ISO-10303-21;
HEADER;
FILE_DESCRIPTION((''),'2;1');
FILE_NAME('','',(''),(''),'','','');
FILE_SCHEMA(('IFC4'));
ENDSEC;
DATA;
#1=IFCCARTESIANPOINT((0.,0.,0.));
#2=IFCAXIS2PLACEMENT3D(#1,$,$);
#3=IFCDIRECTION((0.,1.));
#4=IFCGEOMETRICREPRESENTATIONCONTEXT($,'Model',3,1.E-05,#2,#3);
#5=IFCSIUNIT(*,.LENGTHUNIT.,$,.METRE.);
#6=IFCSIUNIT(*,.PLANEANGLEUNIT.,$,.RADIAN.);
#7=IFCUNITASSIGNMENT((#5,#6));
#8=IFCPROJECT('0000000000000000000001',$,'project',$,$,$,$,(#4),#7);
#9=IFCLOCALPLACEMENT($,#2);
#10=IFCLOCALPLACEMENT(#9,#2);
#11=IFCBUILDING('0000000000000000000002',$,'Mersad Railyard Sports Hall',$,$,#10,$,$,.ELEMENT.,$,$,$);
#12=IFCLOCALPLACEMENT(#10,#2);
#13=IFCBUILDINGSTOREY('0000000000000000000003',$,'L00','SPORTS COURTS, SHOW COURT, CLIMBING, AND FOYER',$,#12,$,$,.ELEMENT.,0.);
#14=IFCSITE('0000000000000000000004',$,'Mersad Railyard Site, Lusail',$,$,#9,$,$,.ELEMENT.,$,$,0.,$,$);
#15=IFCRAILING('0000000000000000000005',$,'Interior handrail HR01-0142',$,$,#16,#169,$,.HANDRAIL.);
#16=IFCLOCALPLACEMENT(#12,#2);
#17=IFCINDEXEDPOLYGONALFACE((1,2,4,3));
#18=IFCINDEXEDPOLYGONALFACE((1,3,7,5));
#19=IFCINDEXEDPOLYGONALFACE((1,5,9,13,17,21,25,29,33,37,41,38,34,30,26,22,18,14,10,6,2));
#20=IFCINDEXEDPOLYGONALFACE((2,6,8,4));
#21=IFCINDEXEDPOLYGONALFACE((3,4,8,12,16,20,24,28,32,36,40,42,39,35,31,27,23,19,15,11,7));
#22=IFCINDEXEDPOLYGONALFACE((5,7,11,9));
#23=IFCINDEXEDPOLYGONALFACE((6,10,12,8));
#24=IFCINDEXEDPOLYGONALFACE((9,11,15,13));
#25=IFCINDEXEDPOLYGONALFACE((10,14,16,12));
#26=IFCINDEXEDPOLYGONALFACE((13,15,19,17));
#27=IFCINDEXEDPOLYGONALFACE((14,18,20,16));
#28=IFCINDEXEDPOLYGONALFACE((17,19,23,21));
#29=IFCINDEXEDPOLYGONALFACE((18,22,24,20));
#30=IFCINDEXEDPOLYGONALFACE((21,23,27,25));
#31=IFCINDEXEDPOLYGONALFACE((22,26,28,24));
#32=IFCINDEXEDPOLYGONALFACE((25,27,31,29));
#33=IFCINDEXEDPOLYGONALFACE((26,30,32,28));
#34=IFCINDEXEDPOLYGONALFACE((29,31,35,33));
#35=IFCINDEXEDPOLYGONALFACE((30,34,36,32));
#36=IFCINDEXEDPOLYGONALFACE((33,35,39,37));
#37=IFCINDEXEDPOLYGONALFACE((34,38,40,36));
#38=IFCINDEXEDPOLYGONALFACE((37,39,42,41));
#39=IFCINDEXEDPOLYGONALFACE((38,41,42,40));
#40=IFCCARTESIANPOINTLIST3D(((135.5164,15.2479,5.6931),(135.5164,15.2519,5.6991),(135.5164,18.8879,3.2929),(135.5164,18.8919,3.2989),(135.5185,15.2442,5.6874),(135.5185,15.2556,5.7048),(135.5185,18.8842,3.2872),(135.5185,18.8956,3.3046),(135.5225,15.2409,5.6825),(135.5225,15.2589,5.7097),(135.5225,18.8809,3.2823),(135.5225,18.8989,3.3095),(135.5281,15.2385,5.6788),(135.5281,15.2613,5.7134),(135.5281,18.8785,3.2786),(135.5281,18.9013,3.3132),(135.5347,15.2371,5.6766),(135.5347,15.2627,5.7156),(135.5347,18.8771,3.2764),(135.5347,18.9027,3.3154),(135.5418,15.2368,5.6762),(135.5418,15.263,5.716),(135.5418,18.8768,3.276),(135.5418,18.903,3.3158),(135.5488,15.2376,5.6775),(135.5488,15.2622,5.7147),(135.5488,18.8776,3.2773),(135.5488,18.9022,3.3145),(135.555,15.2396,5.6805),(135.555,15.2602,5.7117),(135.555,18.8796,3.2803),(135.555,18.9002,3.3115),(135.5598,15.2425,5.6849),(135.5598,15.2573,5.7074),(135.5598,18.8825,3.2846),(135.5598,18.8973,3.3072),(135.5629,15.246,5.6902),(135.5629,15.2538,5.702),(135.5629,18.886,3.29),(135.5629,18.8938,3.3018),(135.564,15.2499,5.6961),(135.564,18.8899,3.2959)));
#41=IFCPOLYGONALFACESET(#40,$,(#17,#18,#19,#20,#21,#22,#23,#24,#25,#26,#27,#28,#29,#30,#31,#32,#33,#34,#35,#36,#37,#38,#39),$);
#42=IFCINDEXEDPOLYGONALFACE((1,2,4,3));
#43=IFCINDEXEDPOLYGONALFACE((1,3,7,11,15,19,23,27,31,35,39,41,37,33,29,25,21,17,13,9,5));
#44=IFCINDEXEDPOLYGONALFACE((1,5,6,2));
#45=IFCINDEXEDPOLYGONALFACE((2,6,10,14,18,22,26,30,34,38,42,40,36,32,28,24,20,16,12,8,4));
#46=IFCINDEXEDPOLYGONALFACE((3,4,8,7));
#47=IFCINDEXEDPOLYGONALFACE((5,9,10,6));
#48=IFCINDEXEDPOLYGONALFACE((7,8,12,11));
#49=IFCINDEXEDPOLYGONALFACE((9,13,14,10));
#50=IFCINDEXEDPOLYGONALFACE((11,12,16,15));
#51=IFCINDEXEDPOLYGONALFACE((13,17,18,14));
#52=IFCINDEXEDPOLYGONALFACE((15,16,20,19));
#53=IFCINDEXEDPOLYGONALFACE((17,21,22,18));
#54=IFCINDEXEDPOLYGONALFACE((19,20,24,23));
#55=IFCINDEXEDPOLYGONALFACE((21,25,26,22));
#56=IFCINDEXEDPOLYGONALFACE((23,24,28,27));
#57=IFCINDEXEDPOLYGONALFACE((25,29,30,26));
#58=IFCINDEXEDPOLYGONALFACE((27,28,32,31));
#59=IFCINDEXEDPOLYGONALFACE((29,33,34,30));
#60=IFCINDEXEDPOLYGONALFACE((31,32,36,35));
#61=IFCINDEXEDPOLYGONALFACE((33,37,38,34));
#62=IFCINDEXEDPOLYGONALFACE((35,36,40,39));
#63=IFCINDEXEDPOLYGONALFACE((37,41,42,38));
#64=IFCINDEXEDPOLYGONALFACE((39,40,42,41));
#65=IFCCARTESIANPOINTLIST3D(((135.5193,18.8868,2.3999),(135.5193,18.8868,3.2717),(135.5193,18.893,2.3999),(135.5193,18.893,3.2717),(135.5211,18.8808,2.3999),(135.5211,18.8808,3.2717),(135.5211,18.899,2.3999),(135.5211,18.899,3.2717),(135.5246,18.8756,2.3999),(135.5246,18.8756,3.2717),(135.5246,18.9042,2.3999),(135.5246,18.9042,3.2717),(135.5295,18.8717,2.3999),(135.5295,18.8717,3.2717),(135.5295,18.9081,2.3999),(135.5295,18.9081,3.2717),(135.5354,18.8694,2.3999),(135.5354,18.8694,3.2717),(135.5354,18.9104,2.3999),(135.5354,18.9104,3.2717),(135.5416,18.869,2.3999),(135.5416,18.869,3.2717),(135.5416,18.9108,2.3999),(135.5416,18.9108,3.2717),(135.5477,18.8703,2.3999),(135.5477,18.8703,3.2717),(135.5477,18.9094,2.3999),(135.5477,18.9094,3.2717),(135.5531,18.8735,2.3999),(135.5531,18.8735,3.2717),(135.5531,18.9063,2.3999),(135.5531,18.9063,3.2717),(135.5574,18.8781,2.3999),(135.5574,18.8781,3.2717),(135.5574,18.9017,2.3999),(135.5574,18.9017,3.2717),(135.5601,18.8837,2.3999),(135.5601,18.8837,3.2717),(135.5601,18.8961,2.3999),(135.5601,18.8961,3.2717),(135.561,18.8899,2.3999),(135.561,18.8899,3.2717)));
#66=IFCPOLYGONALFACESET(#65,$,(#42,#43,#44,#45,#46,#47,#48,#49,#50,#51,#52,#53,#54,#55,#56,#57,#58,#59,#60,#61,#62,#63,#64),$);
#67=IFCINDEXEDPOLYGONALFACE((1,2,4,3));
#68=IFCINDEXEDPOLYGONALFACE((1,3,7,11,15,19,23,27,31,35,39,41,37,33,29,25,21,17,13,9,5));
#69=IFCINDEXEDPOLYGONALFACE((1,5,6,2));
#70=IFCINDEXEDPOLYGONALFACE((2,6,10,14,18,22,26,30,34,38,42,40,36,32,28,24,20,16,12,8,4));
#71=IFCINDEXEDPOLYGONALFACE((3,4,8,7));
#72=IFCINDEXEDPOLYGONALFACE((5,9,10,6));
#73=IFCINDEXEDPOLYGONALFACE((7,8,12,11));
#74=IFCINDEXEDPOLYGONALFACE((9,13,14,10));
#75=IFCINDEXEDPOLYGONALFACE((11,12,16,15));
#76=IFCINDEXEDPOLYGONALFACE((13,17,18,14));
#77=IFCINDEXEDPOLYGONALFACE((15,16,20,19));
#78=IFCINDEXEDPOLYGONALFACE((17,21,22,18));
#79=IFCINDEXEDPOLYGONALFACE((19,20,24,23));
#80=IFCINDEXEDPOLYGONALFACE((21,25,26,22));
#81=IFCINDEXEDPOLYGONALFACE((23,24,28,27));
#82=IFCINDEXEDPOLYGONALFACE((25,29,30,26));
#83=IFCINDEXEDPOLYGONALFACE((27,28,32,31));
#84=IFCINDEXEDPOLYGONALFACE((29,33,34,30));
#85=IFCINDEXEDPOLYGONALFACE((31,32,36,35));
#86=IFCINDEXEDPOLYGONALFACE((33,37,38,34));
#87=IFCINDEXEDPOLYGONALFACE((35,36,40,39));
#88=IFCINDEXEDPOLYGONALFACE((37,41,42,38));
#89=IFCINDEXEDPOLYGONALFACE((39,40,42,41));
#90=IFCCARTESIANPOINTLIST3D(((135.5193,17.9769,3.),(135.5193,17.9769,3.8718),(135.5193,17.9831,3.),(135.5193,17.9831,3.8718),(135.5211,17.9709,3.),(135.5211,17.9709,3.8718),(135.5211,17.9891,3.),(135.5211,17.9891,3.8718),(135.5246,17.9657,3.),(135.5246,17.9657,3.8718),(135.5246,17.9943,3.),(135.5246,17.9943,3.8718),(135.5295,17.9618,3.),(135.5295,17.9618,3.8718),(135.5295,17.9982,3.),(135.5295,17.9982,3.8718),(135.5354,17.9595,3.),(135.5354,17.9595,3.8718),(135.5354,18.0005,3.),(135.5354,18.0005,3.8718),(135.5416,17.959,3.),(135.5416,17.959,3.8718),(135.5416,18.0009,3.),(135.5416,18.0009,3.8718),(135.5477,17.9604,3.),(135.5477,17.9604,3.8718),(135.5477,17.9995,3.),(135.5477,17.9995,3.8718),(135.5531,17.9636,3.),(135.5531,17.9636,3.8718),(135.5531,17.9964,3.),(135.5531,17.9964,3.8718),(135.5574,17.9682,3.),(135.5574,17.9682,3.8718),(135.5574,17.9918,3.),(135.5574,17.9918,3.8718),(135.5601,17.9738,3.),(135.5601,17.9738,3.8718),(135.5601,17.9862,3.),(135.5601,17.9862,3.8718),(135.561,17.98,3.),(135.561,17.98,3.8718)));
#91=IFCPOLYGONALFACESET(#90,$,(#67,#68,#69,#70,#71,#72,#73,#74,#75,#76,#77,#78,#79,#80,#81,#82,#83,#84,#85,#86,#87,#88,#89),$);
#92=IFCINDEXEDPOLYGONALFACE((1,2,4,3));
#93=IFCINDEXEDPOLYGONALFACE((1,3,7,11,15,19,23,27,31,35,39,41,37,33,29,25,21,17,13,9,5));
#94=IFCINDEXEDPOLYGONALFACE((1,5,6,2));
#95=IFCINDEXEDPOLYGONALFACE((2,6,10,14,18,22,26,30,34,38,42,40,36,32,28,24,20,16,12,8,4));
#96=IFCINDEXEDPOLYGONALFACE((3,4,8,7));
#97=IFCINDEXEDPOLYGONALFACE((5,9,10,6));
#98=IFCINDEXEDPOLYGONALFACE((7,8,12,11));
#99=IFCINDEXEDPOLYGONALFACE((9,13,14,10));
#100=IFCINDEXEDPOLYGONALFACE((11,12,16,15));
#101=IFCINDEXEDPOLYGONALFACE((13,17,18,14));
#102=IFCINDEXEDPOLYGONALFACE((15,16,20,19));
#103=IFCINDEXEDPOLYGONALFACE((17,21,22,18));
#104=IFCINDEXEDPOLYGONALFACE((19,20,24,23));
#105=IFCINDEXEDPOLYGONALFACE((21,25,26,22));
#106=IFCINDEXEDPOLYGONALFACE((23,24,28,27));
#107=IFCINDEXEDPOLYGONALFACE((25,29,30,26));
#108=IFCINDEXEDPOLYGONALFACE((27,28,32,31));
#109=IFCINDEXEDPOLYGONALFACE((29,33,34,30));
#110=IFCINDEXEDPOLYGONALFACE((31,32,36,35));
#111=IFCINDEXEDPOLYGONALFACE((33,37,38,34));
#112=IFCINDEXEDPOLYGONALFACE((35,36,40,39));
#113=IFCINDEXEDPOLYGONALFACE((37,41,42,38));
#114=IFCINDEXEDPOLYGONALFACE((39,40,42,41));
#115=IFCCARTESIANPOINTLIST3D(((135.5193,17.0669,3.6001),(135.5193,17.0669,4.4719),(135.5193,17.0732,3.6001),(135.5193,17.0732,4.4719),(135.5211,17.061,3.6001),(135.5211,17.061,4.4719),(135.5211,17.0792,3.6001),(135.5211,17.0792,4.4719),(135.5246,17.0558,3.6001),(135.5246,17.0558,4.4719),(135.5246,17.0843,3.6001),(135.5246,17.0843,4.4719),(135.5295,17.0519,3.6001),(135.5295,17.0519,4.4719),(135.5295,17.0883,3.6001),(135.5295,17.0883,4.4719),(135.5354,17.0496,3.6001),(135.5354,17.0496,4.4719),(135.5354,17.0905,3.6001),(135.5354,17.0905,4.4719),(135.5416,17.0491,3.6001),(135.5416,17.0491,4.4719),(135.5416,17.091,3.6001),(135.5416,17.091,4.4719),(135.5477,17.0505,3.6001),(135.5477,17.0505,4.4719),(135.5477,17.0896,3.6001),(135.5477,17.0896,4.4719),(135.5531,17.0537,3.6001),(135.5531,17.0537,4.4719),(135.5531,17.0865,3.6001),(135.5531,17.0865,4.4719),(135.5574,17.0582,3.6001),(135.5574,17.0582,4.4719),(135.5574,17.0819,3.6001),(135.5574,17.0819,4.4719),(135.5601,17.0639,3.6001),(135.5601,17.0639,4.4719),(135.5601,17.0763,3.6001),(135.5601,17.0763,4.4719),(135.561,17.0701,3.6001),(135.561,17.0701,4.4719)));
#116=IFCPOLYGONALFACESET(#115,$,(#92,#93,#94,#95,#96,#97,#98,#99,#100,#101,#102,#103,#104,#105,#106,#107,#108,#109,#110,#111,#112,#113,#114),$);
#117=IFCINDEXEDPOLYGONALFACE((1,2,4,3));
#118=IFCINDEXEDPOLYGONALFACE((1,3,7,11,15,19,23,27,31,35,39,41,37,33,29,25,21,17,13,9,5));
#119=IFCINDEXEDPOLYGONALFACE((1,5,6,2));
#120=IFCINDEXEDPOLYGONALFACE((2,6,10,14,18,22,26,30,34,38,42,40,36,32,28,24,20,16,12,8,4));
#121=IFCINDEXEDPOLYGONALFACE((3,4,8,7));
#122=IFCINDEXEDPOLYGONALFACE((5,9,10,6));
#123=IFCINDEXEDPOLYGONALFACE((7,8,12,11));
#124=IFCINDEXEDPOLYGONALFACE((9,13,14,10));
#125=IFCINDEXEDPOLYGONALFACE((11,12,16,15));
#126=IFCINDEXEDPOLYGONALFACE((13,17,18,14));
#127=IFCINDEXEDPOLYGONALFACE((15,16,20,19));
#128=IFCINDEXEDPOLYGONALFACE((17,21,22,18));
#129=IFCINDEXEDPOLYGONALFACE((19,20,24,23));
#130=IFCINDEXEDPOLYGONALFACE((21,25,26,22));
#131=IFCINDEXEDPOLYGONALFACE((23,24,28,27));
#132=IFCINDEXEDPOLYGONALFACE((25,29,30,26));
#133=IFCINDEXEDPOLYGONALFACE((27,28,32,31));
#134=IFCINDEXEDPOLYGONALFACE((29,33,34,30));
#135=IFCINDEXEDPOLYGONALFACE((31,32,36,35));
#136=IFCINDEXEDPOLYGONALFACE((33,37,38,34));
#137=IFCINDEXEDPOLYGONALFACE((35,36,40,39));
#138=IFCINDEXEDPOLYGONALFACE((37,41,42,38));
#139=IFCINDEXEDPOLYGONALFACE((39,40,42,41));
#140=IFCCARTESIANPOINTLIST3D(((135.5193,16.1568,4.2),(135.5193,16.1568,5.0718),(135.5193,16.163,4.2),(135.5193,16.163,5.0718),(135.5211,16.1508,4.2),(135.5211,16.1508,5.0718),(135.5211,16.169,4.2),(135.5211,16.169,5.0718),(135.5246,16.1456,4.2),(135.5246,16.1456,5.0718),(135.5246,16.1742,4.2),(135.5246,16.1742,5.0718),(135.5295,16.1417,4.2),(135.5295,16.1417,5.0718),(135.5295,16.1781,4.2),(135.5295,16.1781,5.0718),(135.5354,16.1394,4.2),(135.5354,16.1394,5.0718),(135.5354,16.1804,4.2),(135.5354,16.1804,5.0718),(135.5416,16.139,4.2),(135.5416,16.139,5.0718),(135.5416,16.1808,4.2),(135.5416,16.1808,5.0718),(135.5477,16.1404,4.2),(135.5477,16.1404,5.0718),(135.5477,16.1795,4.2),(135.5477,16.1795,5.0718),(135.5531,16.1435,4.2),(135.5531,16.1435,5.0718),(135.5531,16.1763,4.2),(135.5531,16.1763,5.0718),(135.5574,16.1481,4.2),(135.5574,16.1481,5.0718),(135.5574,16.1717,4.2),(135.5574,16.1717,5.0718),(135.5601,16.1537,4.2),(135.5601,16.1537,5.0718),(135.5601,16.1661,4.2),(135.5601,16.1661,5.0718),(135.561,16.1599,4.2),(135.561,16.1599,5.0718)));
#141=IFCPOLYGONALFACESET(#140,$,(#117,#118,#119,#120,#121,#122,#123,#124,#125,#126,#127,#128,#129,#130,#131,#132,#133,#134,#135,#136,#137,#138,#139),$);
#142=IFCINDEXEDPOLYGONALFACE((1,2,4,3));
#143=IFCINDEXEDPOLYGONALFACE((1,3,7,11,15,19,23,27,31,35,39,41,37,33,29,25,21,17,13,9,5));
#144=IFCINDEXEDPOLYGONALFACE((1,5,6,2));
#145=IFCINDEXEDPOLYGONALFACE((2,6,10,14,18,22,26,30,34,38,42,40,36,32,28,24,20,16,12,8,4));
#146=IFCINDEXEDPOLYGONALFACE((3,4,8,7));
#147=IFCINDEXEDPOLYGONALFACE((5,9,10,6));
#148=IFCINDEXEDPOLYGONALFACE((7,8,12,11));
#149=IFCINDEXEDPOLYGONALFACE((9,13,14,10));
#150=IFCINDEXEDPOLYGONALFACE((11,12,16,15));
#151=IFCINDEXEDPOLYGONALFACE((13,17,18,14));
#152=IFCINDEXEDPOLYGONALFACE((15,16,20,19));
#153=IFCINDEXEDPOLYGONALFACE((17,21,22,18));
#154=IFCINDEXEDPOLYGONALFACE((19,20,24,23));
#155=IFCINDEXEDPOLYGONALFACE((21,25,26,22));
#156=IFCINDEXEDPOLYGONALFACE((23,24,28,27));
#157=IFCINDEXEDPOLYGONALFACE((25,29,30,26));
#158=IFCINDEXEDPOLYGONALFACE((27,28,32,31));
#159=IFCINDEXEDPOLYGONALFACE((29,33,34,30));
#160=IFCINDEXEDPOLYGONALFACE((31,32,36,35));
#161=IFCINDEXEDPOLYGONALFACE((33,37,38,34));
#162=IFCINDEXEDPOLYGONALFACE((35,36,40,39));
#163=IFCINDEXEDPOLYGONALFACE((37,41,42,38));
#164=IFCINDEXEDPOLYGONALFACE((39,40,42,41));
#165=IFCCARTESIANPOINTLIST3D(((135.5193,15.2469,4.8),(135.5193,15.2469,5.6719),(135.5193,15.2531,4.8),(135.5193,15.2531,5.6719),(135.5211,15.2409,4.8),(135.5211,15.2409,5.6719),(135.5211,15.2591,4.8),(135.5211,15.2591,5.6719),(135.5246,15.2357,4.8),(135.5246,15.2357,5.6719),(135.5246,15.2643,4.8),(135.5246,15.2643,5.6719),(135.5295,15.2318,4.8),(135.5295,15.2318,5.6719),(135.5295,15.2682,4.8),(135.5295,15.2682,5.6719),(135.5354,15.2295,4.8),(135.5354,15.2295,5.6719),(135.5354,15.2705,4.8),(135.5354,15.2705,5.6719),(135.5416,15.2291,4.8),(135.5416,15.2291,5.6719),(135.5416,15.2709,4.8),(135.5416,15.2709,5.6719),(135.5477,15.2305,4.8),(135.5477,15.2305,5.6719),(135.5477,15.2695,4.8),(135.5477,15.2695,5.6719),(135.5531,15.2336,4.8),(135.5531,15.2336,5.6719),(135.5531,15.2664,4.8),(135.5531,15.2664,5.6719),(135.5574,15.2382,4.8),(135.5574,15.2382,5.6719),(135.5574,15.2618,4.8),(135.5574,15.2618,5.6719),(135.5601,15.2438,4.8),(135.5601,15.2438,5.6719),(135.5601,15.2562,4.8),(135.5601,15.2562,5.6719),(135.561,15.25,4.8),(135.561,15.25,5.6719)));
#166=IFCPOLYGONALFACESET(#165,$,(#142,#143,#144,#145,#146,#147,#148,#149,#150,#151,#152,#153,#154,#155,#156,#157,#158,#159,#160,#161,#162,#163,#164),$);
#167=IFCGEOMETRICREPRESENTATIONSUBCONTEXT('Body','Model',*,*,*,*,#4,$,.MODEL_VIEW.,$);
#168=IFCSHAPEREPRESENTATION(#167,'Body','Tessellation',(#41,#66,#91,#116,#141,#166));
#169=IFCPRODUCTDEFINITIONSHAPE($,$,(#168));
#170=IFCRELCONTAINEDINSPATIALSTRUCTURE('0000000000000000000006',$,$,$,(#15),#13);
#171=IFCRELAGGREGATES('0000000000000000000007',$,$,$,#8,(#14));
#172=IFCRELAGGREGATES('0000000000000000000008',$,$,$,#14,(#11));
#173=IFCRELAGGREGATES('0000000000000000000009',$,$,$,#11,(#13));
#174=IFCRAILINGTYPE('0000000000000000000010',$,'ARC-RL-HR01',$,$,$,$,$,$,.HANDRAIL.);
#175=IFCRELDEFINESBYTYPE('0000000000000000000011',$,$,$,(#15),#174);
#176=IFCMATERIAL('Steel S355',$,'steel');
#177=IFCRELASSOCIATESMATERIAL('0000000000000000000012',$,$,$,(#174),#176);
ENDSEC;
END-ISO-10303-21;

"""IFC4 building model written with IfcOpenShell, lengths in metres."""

from ifc_helpers import new_model, si_unit, direction, frame, origin, origin_2d, place, context, subcontext, project, spatial, circle, extrude, material, type_object, element, save


model = new_model("IFC4")

# Units and contexts
model_context = context("Model", 3, precision=1e-05, world=origin(), true_north=direction((0.0, 1.0)))
body_context = subcontext(model_context, "Body", "Model", "MODEL_VIEW")
ifc_project = project(units=[si_unit("LENGTHUNIT", "METRE"), si_unit("PLANEANGLEUNIT", "RADIAN")], contexts=[model_context])

# Site, building, storey
site_placement = place(None, origin())
site = spatial("IfcSite", under=ifc_project, at=site_placement, Name="Mersad Railyard Site, Lusail", CompositionType="ELEMENT", RefElevation=0.0)
building_placement = place(site_placement, origin())
building = spatial("IfcBuilding", under=site, at=building_placement, Name="Mersad Railyard Sports Hall", CompositionType="ELEMENT")
storey_placement = place(building_placement, origin())
storey = spatial("IfcBuildingStorey", under=building, at=storey_placement, Name="L00", Description="SPORTS COURTS, SHOW COURT, CLIMBING, AND FOYER", CompositionType="ELEMENT", Elevation=0.0)

# Shared definitions
ifc_material_1 = material(Name="Steel S355", Category="steel")

# Railing
railing_type_1 = type_object("IfcRailingType", Name="ARC-RL-HR01", PredefinedType="HANDRAIL", material=ifc_material_1)
railing_1_placement = place(storey_placement, frame((135.54, 18.8899, 2.3999)))
element("IfcRailing", 1, at=railing_1_placement, inside=storey, type_object=railing_type_1, Name="Interior handrail HR01-0142", PredefinedType="HANDRAIL", context=body_context, shape_type="SweptSolid", body=[
    extrude(circle(Radius=0.0239, at=origin_2d()), frame((0.0, 0.0, 0.896), z_axis=(0.0, -0.834839, 0.550493), x_axis=(1.0, 0.0, 0.0)), (0.0, 0.0, 1.0), 4.3601),
    extrude(circle(Radius=0.021, at=origin_2d()), origin(), (0.0, 0.0, 1.0), 0.8718),
    extrude(circle(Radius=0.021, at=origin_2d()), frame((0.0, -0.9099, 0.6001)), (0.0, 0.0, 1.0), 0.8718),
    extrude(circle(Radius=0.021, at=origin_2d()), frame((0.0, -1.8198, 1.2002)), (0.0, 0.0, 1.0), 0.8718),
    extrude(circle(Radius=0.021, at=origin_2d()), frame((0.0, -2.73, 1.8)), (0.0, 0.0, 1.0), 0.8718),
    extrude(circle(Radius=0.021, at=origin_2d()), frame((0.0, -3.6399, 2.4001)), (0.0, 0.0, 1.0), 0.8718),
])

save(model, "model.ifc")
